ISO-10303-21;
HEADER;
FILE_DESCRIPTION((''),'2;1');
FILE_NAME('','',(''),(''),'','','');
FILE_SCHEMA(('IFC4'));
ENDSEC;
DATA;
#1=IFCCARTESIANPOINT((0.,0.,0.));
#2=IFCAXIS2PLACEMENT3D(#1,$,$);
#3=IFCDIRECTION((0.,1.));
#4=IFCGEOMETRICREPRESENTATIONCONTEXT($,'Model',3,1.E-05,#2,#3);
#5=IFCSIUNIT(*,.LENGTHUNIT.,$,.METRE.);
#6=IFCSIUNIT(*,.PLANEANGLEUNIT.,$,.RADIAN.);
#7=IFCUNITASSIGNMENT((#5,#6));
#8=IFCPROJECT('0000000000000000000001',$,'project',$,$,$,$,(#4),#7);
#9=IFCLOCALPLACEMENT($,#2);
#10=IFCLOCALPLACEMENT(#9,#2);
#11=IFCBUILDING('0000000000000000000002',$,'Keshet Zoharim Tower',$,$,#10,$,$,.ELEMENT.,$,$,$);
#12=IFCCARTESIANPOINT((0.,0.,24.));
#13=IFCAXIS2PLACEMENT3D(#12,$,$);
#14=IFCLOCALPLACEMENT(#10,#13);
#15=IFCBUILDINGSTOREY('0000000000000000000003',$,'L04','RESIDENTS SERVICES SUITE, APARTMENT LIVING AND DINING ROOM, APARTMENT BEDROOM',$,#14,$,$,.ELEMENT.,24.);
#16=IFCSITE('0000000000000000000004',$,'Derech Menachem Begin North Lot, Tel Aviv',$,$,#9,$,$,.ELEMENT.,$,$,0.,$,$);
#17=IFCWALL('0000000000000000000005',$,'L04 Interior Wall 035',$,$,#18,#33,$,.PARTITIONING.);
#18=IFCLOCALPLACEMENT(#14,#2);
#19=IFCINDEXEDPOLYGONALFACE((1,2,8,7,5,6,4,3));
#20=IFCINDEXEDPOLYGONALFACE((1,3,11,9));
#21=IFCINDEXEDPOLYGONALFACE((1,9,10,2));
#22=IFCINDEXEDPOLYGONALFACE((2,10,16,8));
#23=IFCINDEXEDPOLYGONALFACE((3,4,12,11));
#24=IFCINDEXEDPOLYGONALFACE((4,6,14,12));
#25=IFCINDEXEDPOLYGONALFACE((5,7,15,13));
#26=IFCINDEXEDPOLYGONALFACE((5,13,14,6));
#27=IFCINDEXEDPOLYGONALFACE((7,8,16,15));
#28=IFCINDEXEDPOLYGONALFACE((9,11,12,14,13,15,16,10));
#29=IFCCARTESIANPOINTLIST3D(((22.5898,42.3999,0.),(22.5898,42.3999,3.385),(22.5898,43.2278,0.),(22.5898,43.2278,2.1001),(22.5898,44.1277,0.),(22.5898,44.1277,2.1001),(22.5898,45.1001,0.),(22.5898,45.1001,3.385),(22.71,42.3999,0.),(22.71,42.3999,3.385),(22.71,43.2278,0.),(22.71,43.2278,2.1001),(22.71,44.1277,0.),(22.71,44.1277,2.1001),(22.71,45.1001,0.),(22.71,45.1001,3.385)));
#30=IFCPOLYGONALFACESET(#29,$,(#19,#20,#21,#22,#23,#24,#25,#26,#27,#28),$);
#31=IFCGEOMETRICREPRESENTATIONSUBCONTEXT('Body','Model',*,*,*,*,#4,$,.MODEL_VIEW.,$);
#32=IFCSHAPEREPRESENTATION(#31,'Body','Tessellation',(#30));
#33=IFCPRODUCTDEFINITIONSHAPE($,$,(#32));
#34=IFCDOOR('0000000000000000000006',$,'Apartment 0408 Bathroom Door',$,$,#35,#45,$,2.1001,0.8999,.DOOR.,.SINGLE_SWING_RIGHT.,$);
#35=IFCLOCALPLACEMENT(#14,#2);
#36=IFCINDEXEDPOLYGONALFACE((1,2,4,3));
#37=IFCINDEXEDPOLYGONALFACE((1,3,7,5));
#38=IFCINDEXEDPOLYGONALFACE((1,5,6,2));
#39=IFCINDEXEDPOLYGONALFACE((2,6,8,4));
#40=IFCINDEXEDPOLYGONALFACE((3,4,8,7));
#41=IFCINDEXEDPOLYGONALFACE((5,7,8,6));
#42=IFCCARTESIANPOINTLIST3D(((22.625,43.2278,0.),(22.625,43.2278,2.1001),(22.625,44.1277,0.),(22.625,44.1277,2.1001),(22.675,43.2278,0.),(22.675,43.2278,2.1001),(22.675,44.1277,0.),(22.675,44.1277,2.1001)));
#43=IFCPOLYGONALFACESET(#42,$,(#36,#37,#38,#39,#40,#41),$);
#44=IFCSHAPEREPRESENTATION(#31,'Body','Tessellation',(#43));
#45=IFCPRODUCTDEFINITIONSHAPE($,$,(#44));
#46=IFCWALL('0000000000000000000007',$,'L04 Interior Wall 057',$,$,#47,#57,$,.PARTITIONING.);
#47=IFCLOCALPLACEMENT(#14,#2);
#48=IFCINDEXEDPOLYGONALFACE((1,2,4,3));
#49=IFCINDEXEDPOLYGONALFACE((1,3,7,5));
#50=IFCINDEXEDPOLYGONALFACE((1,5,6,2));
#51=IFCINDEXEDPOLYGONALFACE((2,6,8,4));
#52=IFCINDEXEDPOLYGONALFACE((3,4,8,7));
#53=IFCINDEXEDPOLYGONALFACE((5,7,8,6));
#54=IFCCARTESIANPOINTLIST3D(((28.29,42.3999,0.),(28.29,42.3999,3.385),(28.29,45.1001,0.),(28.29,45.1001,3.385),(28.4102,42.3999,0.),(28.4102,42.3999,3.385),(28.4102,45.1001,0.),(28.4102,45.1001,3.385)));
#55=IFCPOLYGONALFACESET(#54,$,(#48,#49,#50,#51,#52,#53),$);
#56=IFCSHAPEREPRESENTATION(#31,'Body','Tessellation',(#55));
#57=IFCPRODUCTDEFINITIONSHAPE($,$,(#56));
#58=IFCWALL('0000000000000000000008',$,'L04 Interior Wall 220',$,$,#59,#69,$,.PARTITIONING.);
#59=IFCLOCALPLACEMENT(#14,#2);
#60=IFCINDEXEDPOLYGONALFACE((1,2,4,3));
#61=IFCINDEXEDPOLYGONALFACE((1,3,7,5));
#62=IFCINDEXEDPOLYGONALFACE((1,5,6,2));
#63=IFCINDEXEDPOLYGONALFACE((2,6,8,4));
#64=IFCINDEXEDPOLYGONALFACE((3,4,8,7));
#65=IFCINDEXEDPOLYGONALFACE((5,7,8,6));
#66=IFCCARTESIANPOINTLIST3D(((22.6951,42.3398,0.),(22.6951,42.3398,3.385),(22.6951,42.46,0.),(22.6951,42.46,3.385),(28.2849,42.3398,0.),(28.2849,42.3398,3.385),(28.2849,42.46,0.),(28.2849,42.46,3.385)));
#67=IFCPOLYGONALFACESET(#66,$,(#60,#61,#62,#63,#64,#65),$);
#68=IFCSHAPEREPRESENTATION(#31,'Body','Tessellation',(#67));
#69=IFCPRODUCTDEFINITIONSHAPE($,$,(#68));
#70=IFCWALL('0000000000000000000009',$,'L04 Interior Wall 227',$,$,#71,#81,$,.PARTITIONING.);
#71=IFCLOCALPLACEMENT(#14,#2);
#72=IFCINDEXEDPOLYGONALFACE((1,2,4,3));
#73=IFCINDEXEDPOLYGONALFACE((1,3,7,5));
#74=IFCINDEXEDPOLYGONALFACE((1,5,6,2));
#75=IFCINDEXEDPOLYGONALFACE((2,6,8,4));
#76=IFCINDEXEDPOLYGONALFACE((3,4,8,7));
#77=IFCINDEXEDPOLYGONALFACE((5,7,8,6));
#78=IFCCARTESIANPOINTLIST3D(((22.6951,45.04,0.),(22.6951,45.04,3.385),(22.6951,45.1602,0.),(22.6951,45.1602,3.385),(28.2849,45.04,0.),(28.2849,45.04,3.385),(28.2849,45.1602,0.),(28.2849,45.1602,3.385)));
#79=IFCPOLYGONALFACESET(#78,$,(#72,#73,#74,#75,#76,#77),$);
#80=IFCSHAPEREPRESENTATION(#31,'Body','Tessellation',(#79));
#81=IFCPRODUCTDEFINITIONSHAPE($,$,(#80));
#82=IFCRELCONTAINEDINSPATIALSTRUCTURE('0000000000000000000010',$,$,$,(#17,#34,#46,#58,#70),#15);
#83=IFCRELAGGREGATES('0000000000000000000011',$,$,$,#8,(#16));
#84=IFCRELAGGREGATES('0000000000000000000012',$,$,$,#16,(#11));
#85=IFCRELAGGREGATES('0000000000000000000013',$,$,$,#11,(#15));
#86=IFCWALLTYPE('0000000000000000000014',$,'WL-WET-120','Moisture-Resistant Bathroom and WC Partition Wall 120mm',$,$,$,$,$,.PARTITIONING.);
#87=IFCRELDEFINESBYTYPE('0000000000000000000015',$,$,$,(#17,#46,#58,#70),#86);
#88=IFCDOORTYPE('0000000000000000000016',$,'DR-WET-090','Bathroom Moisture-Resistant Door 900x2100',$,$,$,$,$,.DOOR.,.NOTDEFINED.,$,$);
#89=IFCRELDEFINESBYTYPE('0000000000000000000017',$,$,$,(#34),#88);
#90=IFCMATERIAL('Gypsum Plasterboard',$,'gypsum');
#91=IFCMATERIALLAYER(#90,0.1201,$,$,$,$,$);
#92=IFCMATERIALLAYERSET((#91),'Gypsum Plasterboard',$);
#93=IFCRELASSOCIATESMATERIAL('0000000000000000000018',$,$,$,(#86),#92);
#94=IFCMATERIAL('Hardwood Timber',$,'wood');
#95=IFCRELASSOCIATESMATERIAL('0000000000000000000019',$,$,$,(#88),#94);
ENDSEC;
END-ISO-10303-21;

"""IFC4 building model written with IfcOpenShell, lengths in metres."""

from ifc_helpers import new_model, si_unit, direction, frame, frame_2d, origin, place, context, subcontext, project, spatial, rectangle, extrude, material, layer, layer_set, type_object, element, fill, save


model = new_model("IFC4")

# Units and contexts
model_context = context("Model", 3, precision=1e-05, world=origin(), true_north=direction((0.0, 1.0)))
body_context = subcontext(model_context, "Body", "Model", "MODEL_VIEW")
ifc_project = project(units=[si_unit("LENGTHUNIT", "METRE"), si_unit("PLANEANGLEUNIT", "RADIAN")], contexts=[model_context])

# Site, building, storey
site_placement = place(None, origin())
site = spatial("IfcSite", under=ifc_project, at=site_placement, Name="Derech Menachem Begin North Lot, Tel Aviv", CompositionType="ELEMENT", RefElevation=0.0)
building_placement = place(site_placement, origin())
building = spatial("IfcBuilding", under=site, at=building_placement, Name="Keshet Zoharim Tower", CompositionType="ELEMENT")
storey_placement = place(building_placement, frame((0.0, 0.0, 24.0)))
storey = spatial("IfcBuildingStorey", under=building, at=storey_placement, Name="L04", Description="RESIDENTS SERVICES SUITE, APARTMENT LIVING AND DINING ROOM, APARTMENT BEDROOM", CompositionType="ELEMENT", Elevation=24.0)

# Shared definitions
ifc_material_1 = material(Name="Gypsum Plasterboard", Category="gypsum")

# Shared definitions
ifc_material_2 = material(Name="Hardwood Timber", Category="wood")

# Wall, opening, door
ifc_layer_1 = layer(ifc_material_1, 0.1201)
ifc_layer_set_1 = layer_set([ifc_layer_1], Name="Gypsum Plasterboard")
wall_type_1 = type_object("IfcWallType", Name="WL-WET-120", Description="Moisture-Resistant Bathroom and WC Partition Wall 120mm", PredefinedType="PARTITIONING", material=ifc_layer_set_1)
wall_1_placement = place(storey_placement, frame((22.6499, 42.3999, 0.0), z_axis=(0.0, 0.0, 1.0), x_axis=(0.0, 1.0, 0.0)))
wall_1 = element("IfcWall", 1, at=wall_1_placement, inside=storey, type_object=wall_type_1, Name="L04 Interior Wall 035", PredefinedType="PARTITIONING", context=body_context, shape_type="SweptSolid", body=[
    extrude(rectangle(XDim=2.7002, YDim=0.1201, at=frame_2d((1.3501, 0.0))), origin(), (0.0, 0.0, 1.0), 3.385),
])
opening_1_placement = place(wall_1_placement, frame((0.8279, 0.0, 0.0)))
opening_1 = element("IfcOpeningElement", 2, at=opening_1_placement, cuts=wall_1, PredefinedType="OPENING", context=body_context, shape_type="SweptSolid", body=[
    extrude(rectangle(XDim=0.8999, YDim=2.1001, at=frame_2d((0.45, 1.05))), frame((0.0, 0.0701, 0.0), z_axis=(0.0, -1.0, 0.0), x_axis=(1.0, 0.0, 0.0)), (0.0, 0.0, 1.0), 0.1401),
])
door_type_1 = type_object("IfcDoorType", Name="DR-WET-090", Description="Bathroom Moisture-Resistant Door 900x2100", OperationType="NOTDEFINED", PredefinedType="DOOR", material=ifc_material_2)
door_1_placement = place(opening_1_placement, origin())
door_1 = element("IfcDoor", 3, at=door_1_placement, inside=storey, type_object=door_type_1, Name="Apartment 0408 Bathroom Door", OperationType="SINGLE_SWING_RIGHT", OverallHeight=2.1001, OverallWidth=0.8999, PredefinedType="DOOR", context=body_context, shape_type="SweptSolid", body=[
    extrude(rectangle(XDim=0.8999, YDim=2.1001, at=frame_2d((0.45, 1.05))), frame((0.0, 0.0249, 0.0), z_axis=(0.0, -1.0, 0.0), x_axis=(1.0, 0.0, 0.0)), (0.0, 0.0, 1.0), 0.05),
])
fill(opening_1, door_1)

# Walls
wall_2_placement = place(storey_placement, frame((28.3501, 42.3999, 0.0), z_axis=(0.0, 0.0, 1.0), x_axis=(0.0, 1.0, 0.0)))
element("IfcWall", 4, at=wall_2_placement, inside=storey, type_object=wall_type_1, Name="L04 Interior Wall 057", PredefinedType="PARTITIONING", context=body_context, shape_type="SweptSolid", body=[
    extrude(rectangle(XDim=2.7002, YDim=0.1201, at=frame_2d((1.3501, 0.0))), origin(), (0.0, 0.0, 1.0), 3.385),
])
for number, where, z_axis, x_axis, name in (
    (5, (22.6951, 42.3999, 0.0), (0.0, 0.0, 1.0), (1.0, 0.0, 0.0), "L04 Interior Wall 220"),
    (6, (22.6951, 45.1001, 0.0), (0.0, 0.0, 1.0), (1.0, 0.0, 0.0), "L04 Interior Wall 227"),
):
    element("IfcWall", number, at=place(storey_placement, frame(where, z_axis=z_axis, x_axis=x_axis)), inside=storey, type_object=wall_type_1, Name=name, PredefinedType="PARTITIONING", context=body_context, shape_type="SweptSolid", body=[
        extrude(rectangle(XDim=5.5898, YDim=0.1201, at=frame_2d((2.7949, 0.0))), origin(), (0.0, 0.0, 1.0), 3.385),
    ])

save(model, "model.ifc")
